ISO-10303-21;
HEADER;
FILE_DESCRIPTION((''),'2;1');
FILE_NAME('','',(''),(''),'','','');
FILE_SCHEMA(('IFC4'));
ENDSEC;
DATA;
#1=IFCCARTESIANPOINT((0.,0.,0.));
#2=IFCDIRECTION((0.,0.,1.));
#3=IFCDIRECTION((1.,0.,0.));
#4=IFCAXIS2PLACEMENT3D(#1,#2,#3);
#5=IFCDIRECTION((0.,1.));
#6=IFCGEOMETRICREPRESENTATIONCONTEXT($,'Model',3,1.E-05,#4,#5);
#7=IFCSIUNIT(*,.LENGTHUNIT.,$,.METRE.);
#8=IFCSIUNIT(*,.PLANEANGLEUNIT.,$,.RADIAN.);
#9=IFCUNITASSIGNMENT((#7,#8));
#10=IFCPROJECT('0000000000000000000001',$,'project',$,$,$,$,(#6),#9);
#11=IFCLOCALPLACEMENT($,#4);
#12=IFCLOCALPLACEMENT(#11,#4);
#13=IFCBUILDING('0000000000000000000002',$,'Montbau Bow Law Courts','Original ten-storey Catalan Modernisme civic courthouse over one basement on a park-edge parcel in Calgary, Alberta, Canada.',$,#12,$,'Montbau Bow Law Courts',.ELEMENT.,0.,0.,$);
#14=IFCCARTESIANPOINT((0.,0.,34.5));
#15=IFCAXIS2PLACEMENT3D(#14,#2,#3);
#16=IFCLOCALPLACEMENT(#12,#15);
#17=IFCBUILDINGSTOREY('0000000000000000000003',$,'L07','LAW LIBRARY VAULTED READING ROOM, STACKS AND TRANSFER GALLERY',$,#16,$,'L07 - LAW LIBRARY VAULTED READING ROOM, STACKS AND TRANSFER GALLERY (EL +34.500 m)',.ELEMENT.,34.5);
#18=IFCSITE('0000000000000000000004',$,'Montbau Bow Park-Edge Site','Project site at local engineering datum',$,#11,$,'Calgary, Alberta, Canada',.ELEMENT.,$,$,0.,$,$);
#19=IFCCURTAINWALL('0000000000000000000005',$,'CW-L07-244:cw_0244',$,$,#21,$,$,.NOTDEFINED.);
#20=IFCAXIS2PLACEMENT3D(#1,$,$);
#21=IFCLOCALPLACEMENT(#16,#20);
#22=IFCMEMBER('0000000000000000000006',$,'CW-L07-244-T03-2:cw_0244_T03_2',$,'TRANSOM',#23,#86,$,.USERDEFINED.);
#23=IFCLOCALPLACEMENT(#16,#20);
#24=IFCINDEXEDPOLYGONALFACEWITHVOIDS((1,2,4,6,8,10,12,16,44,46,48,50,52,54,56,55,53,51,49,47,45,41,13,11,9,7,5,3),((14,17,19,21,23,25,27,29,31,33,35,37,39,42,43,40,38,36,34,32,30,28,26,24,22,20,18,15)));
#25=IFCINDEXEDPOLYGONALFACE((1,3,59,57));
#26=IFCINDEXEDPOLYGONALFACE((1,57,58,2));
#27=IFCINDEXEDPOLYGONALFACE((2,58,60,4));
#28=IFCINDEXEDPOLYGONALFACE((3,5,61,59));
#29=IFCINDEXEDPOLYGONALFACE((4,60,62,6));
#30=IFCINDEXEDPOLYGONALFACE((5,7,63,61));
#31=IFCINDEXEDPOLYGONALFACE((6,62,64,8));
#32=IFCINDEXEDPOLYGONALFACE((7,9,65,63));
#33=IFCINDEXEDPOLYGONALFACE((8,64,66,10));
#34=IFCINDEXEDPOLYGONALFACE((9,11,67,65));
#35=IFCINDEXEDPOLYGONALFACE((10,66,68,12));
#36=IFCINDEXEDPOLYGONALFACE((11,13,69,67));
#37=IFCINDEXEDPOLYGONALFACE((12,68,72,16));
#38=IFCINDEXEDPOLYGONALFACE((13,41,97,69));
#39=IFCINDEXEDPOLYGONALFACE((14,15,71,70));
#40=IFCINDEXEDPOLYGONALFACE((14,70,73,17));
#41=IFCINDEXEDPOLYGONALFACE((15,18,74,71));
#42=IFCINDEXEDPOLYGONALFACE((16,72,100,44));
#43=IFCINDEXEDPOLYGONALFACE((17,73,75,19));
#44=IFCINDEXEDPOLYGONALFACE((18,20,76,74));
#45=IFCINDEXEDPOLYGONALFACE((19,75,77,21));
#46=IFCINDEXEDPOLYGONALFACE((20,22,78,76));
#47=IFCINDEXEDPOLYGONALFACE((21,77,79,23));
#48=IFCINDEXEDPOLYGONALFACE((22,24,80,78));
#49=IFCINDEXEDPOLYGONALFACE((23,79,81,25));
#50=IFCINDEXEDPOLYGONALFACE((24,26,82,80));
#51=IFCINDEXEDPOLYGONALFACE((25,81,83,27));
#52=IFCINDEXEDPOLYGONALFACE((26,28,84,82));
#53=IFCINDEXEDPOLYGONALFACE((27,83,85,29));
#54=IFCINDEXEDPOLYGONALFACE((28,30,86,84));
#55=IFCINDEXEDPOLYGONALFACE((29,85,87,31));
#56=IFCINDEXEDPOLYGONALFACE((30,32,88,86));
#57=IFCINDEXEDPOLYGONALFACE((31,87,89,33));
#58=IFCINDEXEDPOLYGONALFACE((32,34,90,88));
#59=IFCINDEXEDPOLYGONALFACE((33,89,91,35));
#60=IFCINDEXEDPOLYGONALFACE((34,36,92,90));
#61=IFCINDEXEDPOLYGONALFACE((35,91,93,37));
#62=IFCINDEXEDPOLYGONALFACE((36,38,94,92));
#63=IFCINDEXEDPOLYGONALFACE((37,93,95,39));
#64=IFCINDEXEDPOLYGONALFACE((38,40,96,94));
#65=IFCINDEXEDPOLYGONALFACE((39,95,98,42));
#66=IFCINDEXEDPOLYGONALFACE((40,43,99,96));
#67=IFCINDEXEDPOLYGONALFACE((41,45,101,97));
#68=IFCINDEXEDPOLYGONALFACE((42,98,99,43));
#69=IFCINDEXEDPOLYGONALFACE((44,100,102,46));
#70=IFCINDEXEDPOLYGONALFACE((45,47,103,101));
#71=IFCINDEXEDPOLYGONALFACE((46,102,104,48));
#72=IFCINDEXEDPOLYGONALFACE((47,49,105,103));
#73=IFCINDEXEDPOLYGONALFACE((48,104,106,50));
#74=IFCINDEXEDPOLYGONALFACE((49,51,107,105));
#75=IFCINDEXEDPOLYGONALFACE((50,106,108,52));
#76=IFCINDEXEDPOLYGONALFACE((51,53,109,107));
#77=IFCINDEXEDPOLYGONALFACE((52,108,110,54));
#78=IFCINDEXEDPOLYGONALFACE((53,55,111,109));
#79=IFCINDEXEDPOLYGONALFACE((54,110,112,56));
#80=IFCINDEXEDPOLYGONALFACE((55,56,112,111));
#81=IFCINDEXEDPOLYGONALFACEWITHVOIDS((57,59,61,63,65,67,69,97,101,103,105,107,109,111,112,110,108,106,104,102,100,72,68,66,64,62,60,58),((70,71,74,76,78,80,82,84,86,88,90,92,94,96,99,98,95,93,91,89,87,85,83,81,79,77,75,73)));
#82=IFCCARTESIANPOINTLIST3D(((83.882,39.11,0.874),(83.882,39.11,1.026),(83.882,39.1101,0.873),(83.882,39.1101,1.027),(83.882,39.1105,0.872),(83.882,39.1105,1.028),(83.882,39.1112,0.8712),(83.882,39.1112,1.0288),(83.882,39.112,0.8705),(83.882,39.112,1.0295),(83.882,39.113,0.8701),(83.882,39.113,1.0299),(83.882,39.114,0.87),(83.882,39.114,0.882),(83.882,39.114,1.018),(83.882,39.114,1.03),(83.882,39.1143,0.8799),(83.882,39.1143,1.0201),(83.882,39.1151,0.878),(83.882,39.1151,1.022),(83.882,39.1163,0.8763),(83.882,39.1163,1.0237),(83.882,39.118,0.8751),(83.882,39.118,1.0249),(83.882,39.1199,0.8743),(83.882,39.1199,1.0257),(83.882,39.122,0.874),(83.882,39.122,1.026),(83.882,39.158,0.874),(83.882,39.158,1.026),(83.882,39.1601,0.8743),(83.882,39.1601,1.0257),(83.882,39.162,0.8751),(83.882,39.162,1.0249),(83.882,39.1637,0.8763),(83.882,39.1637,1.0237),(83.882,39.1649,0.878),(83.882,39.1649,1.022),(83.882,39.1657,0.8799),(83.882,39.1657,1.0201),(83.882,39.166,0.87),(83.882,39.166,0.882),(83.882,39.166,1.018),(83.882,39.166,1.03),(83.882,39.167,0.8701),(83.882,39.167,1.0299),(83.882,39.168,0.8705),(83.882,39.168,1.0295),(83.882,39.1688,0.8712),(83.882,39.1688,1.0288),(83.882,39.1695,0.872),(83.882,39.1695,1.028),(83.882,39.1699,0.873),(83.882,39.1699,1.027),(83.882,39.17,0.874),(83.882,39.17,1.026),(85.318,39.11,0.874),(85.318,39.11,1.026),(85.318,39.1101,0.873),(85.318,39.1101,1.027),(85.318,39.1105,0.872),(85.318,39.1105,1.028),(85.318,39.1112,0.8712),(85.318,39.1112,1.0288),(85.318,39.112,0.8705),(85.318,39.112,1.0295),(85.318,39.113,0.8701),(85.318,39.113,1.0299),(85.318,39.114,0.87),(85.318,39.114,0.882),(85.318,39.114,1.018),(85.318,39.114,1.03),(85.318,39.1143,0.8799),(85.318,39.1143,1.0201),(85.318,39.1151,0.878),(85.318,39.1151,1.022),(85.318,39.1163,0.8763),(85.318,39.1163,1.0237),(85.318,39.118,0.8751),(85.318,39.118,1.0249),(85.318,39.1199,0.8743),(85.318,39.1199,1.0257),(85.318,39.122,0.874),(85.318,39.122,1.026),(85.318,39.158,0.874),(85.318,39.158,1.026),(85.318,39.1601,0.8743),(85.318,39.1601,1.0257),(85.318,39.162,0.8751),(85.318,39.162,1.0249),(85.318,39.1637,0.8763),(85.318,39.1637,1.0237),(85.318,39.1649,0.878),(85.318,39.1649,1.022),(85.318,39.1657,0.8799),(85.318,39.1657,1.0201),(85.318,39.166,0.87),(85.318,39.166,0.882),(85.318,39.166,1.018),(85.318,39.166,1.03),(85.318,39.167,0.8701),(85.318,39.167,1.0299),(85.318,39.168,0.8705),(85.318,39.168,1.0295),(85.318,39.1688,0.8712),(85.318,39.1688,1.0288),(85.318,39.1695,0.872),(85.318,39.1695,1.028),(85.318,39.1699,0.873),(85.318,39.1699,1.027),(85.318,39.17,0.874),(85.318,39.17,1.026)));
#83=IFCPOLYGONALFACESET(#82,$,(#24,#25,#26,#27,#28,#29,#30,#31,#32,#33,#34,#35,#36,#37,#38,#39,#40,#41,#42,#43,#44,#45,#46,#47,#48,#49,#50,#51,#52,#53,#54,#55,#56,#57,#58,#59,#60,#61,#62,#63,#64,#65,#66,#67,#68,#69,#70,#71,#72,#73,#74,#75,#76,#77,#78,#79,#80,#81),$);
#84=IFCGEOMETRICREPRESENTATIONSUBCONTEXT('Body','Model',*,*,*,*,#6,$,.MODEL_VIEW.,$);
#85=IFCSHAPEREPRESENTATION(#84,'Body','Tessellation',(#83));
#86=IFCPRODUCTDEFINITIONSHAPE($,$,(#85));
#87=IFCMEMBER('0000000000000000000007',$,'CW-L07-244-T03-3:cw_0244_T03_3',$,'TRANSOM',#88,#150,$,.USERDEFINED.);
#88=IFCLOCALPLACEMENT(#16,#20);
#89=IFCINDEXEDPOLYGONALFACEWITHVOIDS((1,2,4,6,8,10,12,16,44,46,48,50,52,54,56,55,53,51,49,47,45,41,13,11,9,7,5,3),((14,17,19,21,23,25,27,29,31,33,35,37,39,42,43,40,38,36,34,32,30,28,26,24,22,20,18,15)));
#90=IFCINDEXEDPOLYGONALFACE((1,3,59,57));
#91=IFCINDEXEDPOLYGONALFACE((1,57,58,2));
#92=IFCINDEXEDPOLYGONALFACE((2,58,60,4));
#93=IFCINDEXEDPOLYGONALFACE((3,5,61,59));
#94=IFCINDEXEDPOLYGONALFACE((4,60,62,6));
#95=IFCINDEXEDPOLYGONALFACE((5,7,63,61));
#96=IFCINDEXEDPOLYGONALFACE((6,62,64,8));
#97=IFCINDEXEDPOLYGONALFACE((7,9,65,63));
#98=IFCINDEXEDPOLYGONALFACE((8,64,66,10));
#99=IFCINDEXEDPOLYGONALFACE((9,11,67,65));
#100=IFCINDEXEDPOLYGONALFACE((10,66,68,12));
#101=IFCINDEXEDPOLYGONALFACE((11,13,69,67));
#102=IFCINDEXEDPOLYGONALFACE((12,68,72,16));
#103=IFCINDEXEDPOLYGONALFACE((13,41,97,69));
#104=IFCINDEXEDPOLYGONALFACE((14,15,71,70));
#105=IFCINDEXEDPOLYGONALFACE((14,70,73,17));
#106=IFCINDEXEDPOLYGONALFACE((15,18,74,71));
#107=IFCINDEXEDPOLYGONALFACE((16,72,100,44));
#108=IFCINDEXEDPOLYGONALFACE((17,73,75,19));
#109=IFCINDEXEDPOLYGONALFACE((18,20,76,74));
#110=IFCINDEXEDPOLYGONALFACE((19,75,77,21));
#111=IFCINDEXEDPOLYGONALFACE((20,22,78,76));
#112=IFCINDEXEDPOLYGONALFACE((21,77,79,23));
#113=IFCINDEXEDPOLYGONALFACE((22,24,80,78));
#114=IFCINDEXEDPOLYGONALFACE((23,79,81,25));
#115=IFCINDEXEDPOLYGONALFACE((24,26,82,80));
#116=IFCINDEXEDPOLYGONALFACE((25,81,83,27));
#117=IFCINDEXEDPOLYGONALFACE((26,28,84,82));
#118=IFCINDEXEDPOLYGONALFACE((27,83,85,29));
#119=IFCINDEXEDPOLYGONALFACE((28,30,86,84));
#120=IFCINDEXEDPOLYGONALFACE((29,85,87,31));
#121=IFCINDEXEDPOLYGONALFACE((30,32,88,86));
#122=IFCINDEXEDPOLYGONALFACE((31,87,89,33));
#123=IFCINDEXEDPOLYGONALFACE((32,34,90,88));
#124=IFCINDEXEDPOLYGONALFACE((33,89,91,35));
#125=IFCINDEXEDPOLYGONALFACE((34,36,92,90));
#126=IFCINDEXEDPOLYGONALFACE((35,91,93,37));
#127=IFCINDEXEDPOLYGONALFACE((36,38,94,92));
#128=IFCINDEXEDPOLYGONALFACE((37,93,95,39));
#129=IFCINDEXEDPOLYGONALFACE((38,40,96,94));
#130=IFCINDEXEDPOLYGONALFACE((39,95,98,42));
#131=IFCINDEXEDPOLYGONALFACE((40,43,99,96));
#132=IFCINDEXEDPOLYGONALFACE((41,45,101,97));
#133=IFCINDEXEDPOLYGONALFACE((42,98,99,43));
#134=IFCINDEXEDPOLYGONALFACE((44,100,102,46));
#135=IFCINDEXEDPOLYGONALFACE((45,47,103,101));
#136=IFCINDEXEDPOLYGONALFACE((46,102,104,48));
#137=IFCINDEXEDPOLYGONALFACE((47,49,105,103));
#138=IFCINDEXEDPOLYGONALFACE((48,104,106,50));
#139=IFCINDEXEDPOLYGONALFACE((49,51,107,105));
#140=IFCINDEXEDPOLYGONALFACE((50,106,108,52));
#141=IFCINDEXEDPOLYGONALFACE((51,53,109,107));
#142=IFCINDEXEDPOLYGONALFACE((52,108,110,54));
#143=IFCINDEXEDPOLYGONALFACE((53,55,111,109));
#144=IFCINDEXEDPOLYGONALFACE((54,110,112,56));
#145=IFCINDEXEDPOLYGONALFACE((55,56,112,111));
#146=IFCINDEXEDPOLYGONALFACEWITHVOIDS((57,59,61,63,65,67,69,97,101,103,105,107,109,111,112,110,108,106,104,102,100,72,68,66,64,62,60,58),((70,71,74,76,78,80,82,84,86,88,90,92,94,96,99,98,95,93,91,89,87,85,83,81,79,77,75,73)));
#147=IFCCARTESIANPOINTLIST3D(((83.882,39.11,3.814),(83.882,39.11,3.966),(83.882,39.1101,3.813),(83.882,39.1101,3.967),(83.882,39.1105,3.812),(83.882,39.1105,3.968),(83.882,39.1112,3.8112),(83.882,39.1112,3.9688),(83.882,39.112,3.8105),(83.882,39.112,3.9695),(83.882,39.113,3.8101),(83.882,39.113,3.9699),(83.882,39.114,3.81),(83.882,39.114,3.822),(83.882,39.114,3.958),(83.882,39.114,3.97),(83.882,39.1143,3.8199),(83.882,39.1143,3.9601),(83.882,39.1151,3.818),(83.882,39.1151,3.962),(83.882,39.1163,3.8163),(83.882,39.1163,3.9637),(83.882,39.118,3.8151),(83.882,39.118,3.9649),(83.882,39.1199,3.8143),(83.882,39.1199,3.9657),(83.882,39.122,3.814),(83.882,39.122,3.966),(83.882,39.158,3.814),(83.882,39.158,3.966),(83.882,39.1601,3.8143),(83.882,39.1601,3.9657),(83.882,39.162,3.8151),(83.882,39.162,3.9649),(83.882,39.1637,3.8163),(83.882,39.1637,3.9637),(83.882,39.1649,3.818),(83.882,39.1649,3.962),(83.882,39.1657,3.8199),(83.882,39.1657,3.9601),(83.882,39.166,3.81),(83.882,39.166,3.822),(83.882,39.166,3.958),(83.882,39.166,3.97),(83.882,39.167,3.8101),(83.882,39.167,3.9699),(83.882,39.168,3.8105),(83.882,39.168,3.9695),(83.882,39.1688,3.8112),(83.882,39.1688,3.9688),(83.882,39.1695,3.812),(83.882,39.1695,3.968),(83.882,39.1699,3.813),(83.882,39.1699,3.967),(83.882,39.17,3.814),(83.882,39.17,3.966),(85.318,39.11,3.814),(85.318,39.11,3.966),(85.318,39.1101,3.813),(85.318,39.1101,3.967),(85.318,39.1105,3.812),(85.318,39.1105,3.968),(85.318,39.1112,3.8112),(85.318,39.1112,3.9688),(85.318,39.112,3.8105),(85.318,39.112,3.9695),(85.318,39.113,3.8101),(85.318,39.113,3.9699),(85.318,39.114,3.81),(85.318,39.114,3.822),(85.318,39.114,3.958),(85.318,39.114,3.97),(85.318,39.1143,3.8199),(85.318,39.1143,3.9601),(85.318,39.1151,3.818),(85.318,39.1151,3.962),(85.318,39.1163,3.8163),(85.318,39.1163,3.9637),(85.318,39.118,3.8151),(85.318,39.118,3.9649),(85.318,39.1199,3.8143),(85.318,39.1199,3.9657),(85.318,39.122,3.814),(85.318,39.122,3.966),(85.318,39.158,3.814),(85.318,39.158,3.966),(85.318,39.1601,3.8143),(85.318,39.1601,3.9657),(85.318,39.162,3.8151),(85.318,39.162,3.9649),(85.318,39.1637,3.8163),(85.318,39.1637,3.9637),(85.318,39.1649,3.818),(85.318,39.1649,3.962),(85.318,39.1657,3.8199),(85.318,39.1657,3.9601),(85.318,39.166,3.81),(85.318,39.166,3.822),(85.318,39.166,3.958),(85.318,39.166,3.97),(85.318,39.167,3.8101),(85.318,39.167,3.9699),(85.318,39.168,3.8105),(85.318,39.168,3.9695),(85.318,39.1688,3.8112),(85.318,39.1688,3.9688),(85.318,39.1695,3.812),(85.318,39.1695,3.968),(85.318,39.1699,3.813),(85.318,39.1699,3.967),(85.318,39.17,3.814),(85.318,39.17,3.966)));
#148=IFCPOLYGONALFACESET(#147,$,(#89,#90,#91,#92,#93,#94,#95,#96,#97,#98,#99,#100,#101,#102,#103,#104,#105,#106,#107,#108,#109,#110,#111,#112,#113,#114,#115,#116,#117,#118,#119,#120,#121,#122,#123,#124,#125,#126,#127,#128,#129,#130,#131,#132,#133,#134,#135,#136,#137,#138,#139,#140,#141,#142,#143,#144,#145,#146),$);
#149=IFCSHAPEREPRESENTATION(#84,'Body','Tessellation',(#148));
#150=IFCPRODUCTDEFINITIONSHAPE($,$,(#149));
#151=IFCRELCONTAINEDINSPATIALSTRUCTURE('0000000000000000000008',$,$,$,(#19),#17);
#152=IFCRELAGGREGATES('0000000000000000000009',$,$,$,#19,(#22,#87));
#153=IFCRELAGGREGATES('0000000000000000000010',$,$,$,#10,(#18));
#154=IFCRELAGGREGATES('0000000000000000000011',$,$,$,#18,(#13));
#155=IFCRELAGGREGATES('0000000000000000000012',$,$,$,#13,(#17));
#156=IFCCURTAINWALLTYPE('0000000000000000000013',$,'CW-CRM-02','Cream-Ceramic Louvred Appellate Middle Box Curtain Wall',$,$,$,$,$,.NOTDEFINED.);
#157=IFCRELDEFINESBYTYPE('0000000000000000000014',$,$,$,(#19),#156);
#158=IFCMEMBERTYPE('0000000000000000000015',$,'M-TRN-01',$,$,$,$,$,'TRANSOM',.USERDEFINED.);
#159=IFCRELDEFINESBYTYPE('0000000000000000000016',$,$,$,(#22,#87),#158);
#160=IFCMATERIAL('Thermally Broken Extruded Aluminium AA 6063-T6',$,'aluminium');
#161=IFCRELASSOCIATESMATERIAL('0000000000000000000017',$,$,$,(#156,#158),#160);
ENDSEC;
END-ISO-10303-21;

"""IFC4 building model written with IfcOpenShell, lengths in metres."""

from ifc_helpers import new_model, si_unit, direction, frame, origin_with_axes, origin_2d_with_axis, place, context, subcontext, project, spatial, hollow_rectangle, extrude, material, material_profile, profile_set, type_object, element, aggregate, save


model = new_model("IFC4")

# Units and contexts
model_context = context("Model", 3, precision=1e-05, world=origin_with_axes(), true_north=direction((0.0, 1.0)))
body_context = subcontext(model_context, "Body", "Model", "MODEL_VIEW")
ifc_project = project(units=[si_unit("LENGTHUNIT", "METRE"), si_unit("PLANEANGLEUNIT", "RADIAN")], contexts=[model_context])

# Site, building, storey
site_placement = place(None, origin_with_axes())
site = spatial("IfcSite", under=ifc_project, at=site_placement, Name="Montbau Bow Park-Edge Site", Description="Project site at local engineering datum", LongName="Calgary, Alberta, Canada", CompositionType="ELEMENT", RefElevation=0.0)
building_placement = place(site_placement, origin_with_axes())
building = spatial("IfcBuilding", under=site, at=building_placement, Name="Montbau Bow Law Courts", Description="Original ten-storey Catalan Modernisme civic courthouse over one basement on a park-edge parcel in Calgary, Alberta, Canada.", LongName="Montbau Bow Law Courts", CompositionType="ELEMENT", ElevationOfRefHeight=0.0, ElevationOfTerrain=0.0)
storey_placement = place(building_placement, frame((0.0, 0.0, 34.5), z_axis=(0.0, 0.0, 1.0), x_axis=(1.0, 0.0, 0.0)))
storey = spatial("IfcBuildingStorey", under=building, at=storey_placement, Name="L07", Description="LAW LIBRARY VAULTED READING ROOM, STACKS AND TRANSFER GALLERY", LongName="L07 - LAW LIBRARY VAULTED READING ROOM, STACKS AND TRANSFER GALLERY (EL +34.500 m)", CompositionType="ELEMENT", Elevation=34.5)

# Curtain wall, members
ifc_material_1 = material(Name="Thermally Broken Extruded Aluminium AA 6063-T6", Category="aluminium")
curtain_wall_type = type_object("IfcCurtainWallType", Name="CW-CRM-02", Description="Cream-Ceramic Louvred Appellate Middle Box Curtain Wall", PredefinedType="NOTDEFINED", material=ifc_material_1)
curtain_wall_placement = place(None, frame((80.84, 39.14, 34.5), z_axis=(0.0, 0.0, 1.0), x_axis=(1.0, 0.0, 0.0)))
curtain_wall = element("IfcCurtainWall", 1, at=curtain_wall_placement, inside=storey, type_object=curtain_wall_type, Name="CW-L07-244:cw_0244", PredefinedType="NOTDEFINED")
ifc_material_profile_1 = material_profile(ifc_material_1, hollow_rectangle(XDim=0.06, YDim=0.16, WallThickness=0.004, InnerFilletRadius=0.008, OuterFilletRadius=0.004, at=origin_2d_with_axis()), Name="CWT-160X60", Category="Main", Priority=0)
ifc_profile_set_1 = profile_set([ifc_material_profile_1], Name="Thermally Broken Extruded Aluminium AA 6063-T6")
member_type_1 = type_object("IfcMemberType", Name="M-TRN-01", ElementType="TRANSOM", PredefinedType="USERDEFINED", material=ifc_profile_set_1)
member_1_placement = place(None, frame((83.882, 39.14, 35.45), z_axis=(1.0, 0.0, 0.0), x_axis=(0.0, 1.0, 0.0)))
member_1 = element("IfcMember", 2, at=member_1_placement, type_object=member_type_1, Name="CW-L07-244-T03-2:cw_0244_T03_2", ObjectType="TRANSOM", PredefinedType="USERDEFINED", context=body_context, shape_type="SweptSolid", body=[
    extrude(hollow_rectangle(XDim=0.06, YDim=0.16, WallThickness=0.004, InnerFilletRadius=0.008, OuterFilletRadius=0.004, at=origin_2d_with_axis()), origin_with_axes(), (0.0, 0.0, 1.0), 1.436),
])
member_2_placement = place(None, frame((83.882, 39.14, 38.39), z_axis=(1.0, 0.0, 0.0), x_axis=(0.0, 1.0, 0.0)))
member_2 = element("IfcMember", 3, at=member_2_placement, type_object=member_type_1, Name="CW-L07-244-T03-3:cw_0244_T03_3", ObjectType="TRANSOM", PredefinedType="USERDEFINED", context=body_context, shape_type="SweptSolid", body=[
    extrude(hollow_rectangle(XDim=0.06, YDim=0.16, WallThickness=0.004, InnerFilletRadius=0.008, OuterFilletRadius=0.004, at=origin_2d_with_axis()), origin_with_axes(), (0.0, 0.0, 1.0), 1.436),
])
aggregate(curtain_wall, [member_1, member_2])

save(model, "model.ifc")
